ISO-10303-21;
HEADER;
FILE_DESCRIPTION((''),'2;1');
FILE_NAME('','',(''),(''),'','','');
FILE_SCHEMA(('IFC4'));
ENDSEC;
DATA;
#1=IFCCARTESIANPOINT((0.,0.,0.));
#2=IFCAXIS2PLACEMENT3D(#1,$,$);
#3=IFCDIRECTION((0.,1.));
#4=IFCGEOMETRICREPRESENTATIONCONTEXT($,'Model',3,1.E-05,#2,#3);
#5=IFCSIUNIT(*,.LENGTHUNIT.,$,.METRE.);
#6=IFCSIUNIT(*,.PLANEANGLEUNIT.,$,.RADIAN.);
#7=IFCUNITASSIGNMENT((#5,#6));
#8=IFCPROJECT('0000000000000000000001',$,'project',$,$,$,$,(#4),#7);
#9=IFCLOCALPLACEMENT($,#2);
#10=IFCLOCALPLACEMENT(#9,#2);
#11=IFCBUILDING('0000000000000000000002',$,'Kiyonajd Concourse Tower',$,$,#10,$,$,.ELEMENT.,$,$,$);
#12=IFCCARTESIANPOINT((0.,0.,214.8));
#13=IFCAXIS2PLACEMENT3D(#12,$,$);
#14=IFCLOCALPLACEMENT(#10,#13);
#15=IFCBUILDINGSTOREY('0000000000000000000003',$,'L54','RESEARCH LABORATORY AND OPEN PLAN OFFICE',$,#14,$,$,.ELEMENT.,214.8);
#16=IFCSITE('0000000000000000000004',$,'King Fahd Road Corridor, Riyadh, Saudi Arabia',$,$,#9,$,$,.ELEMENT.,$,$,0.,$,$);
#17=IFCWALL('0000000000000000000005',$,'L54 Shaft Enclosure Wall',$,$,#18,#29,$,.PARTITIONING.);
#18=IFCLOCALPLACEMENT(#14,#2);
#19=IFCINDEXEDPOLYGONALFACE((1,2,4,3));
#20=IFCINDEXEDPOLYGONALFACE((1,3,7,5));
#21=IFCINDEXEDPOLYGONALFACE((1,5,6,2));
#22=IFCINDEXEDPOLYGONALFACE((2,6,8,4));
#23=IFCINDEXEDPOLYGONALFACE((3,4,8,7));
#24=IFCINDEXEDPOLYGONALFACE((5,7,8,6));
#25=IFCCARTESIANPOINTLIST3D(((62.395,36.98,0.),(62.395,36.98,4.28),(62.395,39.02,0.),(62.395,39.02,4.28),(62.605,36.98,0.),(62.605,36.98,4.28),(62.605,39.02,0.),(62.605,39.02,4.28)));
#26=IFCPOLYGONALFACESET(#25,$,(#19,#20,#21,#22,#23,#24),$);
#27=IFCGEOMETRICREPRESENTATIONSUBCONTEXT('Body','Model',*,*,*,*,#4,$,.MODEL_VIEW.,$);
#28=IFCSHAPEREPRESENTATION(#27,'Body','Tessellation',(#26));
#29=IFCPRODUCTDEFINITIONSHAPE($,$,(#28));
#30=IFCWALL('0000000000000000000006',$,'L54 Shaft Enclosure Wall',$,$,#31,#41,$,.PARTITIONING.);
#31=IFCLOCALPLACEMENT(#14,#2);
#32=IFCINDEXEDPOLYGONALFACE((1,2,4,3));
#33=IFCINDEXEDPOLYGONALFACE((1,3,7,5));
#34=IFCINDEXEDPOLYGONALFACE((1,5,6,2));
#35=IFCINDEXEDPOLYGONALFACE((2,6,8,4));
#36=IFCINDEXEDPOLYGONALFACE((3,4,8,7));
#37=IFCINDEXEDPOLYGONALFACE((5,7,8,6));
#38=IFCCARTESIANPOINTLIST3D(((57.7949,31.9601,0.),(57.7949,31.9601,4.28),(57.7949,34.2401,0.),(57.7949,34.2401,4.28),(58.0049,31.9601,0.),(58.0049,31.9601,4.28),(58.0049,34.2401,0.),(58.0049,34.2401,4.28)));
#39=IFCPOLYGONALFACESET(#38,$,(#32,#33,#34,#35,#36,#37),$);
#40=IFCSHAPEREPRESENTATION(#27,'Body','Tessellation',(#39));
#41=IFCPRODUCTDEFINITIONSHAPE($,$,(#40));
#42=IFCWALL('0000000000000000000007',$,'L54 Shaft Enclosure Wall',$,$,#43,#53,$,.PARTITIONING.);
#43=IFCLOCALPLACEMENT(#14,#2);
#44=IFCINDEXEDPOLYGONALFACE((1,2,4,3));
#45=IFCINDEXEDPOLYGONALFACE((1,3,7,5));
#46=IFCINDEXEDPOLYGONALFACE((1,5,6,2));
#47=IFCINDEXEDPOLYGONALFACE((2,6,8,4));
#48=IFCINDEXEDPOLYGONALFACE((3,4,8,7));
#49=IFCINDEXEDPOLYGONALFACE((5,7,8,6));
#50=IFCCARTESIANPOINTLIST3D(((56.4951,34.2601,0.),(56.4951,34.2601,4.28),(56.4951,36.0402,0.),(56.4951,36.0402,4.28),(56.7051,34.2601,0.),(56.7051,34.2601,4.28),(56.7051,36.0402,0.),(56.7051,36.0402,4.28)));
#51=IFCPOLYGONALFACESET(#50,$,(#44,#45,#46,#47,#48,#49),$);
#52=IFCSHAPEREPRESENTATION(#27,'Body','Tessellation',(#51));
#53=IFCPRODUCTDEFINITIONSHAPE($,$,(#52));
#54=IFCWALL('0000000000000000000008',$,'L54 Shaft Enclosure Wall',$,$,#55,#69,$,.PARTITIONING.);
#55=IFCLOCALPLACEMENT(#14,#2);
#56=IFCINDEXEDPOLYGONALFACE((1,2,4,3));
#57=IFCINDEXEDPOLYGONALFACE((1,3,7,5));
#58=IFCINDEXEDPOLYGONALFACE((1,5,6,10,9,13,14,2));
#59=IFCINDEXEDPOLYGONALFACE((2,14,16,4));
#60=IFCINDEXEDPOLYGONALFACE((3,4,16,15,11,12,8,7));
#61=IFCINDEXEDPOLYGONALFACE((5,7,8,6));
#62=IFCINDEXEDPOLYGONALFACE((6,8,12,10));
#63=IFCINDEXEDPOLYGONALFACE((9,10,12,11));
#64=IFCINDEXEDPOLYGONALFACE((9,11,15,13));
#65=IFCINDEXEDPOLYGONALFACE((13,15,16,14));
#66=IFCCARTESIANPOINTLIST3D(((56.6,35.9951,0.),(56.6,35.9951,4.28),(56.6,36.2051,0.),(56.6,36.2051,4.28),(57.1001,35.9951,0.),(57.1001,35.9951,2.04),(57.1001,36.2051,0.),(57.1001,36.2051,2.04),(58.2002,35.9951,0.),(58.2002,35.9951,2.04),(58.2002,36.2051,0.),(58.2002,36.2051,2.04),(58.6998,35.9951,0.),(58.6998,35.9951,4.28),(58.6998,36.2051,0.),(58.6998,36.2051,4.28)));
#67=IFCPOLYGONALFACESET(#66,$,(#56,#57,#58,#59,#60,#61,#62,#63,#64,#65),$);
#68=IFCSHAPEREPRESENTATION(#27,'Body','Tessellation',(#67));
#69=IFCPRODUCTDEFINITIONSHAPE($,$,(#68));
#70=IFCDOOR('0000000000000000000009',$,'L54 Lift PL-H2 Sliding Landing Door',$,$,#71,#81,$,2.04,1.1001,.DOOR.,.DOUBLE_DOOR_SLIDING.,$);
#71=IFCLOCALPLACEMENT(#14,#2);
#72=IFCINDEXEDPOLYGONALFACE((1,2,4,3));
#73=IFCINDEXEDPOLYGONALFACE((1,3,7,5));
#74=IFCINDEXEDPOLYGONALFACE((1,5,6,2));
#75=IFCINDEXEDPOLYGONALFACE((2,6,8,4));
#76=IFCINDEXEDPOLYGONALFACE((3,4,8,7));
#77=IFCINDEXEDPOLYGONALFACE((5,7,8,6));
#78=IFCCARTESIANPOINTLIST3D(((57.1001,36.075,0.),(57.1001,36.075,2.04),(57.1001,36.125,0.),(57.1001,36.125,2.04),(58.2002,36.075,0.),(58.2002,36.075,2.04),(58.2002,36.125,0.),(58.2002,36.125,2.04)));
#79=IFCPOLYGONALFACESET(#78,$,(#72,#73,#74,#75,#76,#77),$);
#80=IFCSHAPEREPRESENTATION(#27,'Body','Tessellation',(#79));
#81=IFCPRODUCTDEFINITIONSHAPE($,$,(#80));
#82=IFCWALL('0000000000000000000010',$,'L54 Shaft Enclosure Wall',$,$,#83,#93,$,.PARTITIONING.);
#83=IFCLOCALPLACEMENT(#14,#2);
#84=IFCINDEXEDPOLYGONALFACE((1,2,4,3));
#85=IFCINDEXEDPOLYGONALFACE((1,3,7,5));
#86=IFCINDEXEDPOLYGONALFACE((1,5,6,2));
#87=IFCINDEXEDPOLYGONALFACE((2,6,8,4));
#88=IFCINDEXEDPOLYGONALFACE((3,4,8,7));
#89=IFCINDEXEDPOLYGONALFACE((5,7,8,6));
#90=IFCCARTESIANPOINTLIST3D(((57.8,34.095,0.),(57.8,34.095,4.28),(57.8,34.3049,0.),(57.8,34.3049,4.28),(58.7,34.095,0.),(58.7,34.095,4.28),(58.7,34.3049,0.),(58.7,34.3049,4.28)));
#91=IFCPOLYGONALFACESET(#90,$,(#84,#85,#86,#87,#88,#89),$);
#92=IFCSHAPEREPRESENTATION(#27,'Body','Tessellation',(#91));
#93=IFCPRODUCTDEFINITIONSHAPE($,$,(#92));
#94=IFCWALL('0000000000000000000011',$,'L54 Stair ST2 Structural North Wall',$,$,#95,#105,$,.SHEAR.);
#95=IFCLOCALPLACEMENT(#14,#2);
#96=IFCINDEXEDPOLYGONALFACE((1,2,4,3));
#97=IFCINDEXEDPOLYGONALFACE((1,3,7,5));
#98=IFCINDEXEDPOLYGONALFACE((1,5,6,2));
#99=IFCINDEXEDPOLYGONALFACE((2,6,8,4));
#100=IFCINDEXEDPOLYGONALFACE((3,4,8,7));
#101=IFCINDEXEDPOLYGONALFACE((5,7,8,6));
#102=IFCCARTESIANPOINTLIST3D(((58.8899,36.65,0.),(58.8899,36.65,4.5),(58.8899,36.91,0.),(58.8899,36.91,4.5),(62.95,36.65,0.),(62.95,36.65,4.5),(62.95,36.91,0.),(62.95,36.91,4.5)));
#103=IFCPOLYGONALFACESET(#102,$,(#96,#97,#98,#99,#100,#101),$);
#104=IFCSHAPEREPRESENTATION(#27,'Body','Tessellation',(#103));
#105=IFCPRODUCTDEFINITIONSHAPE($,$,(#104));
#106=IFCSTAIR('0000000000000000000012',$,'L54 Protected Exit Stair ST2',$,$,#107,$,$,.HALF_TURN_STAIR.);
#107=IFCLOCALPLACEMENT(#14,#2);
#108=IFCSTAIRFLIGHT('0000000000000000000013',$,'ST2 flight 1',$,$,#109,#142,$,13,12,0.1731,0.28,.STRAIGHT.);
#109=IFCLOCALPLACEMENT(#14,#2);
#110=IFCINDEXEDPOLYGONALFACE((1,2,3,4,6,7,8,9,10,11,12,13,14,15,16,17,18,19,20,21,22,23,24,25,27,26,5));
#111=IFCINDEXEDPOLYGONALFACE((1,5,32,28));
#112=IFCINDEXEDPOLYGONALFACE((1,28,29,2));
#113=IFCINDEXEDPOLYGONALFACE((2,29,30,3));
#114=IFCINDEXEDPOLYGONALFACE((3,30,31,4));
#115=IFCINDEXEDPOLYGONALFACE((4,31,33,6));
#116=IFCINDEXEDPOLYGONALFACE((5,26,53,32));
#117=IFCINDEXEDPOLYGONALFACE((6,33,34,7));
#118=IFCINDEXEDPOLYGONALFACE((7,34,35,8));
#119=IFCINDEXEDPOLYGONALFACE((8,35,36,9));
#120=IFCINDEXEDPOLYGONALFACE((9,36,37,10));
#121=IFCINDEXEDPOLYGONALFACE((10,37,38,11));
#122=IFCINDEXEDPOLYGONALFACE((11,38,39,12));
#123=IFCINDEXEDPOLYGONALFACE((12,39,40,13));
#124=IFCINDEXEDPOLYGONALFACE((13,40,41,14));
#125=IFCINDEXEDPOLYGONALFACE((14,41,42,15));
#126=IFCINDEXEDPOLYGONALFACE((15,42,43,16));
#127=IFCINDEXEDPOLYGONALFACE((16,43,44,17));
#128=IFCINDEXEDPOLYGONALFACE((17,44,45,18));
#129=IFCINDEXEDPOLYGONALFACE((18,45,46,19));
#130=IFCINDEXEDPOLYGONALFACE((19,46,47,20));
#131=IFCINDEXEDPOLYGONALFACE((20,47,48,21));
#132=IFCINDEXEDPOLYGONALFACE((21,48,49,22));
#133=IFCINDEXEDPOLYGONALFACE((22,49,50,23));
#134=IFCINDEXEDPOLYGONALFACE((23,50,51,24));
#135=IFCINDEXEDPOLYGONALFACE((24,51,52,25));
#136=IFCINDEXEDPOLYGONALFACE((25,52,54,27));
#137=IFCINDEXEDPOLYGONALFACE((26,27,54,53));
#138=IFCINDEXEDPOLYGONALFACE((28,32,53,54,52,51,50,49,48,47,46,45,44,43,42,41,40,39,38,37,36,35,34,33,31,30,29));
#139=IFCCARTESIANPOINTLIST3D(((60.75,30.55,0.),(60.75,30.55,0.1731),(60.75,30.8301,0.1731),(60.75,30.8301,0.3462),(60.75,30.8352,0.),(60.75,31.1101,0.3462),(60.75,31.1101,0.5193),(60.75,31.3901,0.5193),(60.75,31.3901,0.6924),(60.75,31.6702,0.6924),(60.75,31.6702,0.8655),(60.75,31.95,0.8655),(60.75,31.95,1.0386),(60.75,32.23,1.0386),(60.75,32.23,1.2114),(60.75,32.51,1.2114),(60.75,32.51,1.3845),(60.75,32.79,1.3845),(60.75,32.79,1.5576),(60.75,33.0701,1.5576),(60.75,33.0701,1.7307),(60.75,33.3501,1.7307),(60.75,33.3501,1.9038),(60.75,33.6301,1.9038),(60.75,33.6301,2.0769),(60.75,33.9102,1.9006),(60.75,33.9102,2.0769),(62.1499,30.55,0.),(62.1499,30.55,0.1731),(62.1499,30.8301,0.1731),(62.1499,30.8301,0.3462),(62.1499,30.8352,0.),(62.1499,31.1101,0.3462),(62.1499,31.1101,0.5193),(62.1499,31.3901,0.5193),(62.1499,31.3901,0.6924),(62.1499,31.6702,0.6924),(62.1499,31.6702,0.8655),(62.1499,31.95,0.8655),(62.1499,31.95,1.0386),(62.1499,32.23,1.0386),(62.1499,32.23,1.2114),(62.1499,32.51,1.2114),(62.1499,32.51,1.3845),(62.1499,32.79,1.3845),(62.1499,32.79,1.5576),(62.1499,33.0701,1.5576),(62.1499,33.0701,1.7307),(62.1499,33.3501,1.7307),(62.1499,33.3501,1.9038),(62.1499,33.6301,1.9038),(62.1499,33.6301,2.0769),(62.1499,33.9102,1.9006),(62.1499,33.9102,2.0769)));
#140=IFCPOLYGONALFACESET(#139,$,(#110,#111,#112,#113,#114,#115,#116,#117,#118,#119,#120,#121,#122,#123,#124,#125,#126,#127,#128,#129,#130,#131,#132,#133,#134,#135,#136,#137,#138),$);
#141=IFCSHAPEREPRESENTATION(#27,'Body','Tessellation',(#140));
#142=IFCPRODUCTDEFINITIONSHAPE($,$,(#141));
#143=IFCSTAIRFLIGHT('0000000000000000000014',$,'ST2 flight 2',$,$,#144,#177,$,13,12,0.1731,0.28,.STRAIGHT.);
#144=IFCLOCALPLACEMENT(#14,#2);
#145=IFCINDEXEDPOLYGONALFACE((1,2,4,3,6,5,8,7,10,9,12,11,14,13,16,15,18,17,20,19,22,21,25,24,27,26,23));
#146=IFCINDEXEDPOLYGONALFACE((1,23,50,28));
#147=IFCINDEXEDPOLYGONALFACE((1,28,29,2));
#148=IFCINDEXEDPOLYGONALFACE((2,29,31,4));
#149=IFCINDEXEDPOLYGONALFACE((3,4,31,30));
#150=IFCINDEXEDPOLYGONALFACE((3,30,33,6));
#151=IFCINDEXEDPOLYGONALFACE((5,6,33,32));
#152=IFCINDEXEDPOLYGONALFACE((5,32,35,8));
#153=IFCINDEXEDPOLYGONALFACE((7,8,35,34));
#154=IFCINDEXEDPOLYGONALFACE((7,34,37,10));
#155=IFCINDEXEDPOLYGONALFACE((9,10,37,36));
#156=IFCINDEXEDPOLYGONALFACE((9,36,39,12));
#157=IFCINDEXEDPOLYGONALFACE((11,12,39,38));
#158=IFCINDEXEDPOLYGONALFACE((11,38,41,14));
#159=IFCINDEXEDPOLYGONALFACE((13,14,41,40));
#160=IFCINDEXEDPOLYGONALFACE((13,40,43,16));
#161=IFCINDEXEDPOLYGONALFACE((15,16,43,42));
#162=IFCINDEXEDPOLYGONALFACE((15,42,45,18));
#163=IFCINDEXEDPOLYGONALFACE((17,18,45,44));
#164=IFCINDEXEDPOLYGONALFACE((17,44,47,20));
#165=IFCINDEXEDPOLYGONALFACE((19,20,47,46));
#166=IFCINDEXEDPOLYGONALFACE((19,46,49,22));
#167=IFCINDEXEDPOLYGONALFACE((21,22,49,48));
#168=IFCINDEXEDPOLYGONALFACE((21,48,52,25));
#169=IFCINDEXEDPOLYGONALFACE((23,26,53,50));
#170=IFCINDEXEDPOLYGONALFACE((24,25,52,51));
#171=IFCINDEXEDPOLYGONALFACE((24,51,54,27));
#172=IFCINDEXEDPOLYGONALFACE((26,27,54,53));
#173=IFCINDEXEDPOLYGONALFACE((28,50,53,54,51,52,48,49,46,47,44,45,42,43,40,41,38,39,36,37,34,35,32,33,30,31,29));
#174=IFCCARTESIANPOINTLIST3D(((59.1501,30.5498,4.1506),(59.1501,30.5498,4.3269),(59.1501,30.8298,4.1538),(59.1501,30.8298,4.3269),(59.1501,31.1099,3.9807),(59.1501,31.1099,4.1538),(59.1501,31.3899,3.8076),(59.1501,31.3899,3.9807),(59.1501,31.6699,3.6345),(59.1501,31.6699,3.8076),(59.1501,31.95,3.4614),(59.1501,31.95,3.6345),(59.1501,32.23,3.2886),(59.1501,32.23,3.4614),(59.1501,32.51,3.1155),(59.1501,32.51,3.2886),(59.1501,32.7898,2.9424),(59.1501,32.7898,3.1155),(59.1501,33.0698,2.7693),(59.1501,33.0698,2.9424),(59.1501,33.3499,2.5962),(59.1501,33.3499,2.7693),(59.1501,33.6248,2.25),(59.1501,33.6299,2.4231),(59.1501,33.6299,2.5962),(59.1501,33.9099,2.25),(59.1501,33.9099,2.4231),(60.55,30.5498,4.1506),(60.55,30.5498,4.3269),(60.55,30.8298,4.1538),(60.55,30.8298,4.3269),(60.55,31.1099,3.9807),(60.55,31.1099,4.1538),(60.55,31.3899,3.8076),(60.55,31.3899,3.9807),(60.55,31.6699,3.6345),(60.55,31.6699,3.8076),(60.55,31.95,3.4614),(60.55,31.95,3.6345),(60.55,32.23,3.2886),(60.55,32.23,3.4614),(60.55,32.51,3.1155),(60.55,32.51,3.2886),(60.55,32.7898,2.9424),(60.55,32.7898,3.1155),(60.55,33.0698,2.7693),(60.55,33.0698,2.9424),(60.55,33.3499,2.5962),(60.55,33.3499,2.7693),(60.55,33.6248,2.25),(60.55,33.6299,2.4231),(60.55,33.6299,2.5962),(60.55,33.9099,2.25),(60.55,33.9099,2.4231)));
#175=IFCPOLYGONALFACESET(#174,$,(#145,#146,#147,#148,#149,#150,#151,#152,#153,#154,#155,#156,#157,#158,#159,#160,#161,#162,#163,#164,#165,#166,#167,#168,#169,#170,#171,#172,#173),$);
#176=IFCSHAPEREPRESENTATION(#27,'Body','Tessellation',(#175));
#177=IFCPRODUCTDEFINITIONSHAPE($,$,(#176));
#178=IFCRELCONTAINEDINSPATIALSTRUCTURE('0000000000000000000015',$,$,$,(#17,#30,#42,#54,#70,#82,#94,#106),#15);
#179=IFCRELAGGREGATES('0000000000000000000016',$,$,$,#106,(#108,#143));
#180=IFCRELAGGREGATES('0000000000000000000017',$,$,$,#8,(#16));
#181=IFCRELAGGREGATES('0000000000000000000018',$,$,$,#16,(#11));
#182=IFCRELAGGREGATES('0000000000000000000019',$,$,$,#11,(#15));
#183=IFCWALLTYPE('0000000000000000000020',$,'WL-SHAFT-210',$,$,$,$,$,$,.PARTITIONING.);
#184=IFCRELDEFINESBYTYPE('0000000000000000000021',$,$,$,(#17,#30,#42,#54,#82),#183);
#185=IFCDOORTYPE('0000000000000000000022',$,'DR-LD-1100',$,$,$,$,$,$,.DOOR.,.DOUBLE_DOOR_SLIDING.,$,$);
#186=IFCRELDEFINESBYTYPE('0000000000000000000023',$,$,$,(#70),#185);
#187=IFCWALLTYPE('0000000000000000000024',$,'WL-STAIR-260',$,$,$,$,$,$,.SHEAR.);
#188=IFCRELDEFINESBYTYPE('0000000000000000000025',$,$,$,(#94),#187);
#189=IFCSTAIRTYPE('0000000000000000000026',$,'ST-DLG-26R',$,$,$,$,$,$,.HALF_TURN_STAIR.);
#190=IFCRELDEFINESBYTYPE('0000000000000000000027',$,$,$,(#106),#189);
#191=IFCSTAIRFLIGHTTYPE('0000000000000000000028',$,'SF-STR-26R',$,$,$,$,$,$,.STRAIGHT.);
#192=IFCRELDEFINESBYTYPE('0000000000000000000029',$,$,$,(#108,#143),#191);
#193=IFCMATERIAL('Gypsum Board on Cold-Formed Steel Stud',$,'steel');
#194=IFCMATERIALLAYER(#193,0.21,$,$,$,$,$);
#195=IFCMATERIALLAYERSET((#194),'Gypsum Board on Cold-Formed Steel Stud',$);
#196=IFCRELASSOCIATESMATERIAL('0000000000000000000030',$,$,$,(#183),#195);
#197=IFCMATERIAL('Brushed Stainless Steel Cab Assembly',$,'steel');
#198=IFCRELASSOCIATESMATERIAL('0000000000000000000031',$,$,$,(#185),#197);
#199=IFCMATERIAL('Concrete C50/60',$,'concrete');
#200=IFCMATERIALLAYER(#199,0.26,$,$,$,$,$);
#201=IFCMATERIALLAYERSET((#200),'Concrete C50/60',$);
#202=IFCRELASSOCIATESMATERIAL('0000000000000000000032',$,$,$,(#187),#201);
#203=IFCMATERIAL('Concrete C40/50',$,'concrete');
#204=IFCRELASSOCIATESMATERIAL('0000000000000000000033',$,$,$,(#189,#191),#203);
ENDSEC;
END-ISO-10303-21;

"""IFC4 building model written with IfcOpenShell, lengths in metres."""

from ifc_helpers import new_model, si_unit, direction, frame, frame_2d, origin, place, context, subcontext, project, spatial, polyline, rectangle, outline, extrude, material, layer, layer_set, type_object, element, fill, aggregate, save


model = new_model("IFC4")

# Units and contexts
model_context = context("Model", 3, precision=1e-05, world=origin(), true_north=direction((0.0, 1.0)))
body_context = subcontext(model_context, "Body", "Model", "MODEL_VIEW")
ifc_project = project(units=[si_unit("LENGTHUNIT", "METRE"), si_unit("PLANEANGLEUNIT", "RADIAN")], contexts=[model_context])

# Site, building, storey
site_placement = place(None, origin())
site = spatial("IfcSite", under=ifc_project, at=site_placement, Name="King Fahd Road Corridor, Riyadh, Saudi Arabia", CompositionType="ELEMENT", RefElevation=0.0)
building_placement = place(site_placement, origin())
building = spatial("IfcBuilding", under=site, at=building_placement, Name="Kiyonajd Concourse Tower", CompositionType="ELEMENT")
storey_placement = place(building_placement, frame((0.0, 0.0, 214.8)))
storey = spatial("IfcBuildingStorey", under=building, at=storey_placement, Name="L54", Description="RESEARCH LABORATORY AND OPEN PLAN OFFICE", CompositionType="ELEMENT", Elevation=214.8)

# Shared definitions
ifc_material_1 = material(Name="Concrete C50/60", Category="concrete")

# Walls
ifc_material_2 = material(Name="Gypsum Board on Cold-Formed Steel Stud", Category="steel")
ifc_layer_1 = layer(ifc_material_2, 0.21)
ifc_layer_set_1 = layer_set([ifc_layer_1], Name="Gypsum Board on Cold-Formed Steel Stud")
wall_type_1 = type_object("IfcWallType", Name="WL-SHAFT-210", PredefinedType="PARTITIONING", material=ifc_layer_set_1)
wall_1_placement = place(storey_placement, frame((62.5, 36.98, 0.0), z_axis=(0.0, 0.0, 1.0), x_axis=(0.0, 1.0, 0.0)))
element("IfcWall", 1, at=wall_1_placement, inside=storey, type_object=wall_type_1, Name="L54 Shaft Enclosure Wall", PredefinedType="PARTITIONING", context=body_context, shape_type="SweptSolid", body=[
    extrude(rectangle(XDim=2.04, YDim=0.21, at=frame_2d((1.02, 0.0))), origin(), (0.0, 0.0, 1.0), 4.28),
])
wall_2_placement = place(storey_placement, frame((57.8999, 31.96, 0.0), z_axis=(0.0, 0.0, 1.0), x_axis=(0.0, 1.0, 0.0)))
element("IfcWall", 2, at=wall_2_placement, inside=storey, type_object=wall_type_1, Name="L54 Shaft Enclosure Wall", PredefinedType="PARTITIONING", context=body_context, shape_type="SweptSolid", body=[
    extrude(rectangle(XDim=2.28, YDim=0.21, at=frame_2d((1.1401, 0.0))), origin(), (0.0, 0.0, 1.0), 4.28),
])
wall_3_placement = place(storey_placement, frame((56.6001, 34.26, 0.0), z_axis=(0.0, 0.0, 1.0), x_axis=(0.0, 1.0, 0.0)))
element("IfcWall", 3, at=wall_3_placement, inside=storey, type_object=wall_type_1, Name="L54 Shaft Enclosure Wall", PredefinedType="PARTITIONING", context=body_context, shape_type="SweptSolid", body=[
    extrude(rectangle(XDim=1.78, YDim=0.21, at=frame_2d((0.8901, 0.0))), origin(), (0.0, 0.0, 1.0), 4.28),
])

# Wall, opening, door
wall_4_placement = place(storey_placement, frame((56.6001, 36.1001, 0.0), z_axis=(0.0, 0.0, 1.0), x_axis=(1.0, 0.0, 0.0)))
wall_4 = element("IfcWall", 4, at=wall_4_placement, inside=storey, type_object=wall_type_1, Name="L54 Shaft Enclosure Wall", PredefinedType="PARTITIONING", context=body_context, shape_type="SweptSolid", body=[
    extrude(rectangle(XDim=2.0999, YDim=0.21, at=frame_2d((1.0498, 0.0))), origin(), (0.0, 0.0, 1.0), 4.28),
])
opening_1_placement = place(wall_4_placement, frame((0.5, 0.0, 0.0)))
opening_1 = element("IfcOpeningElement", 5, at=opening_1_placement, cuts=wall_4, PredefinedType="OPENING", context=body_context, shape_type="SweptSolid", body=[
    extrude(rectangle(XDim=1.1001, YDim=2.04, at=frame_2d((0.55, 1.02))), frame((0.0, 0.115, 0.0), z_axis=(0.0, -1.0, 0.0), x_axis=(1.0, 0.0, 0.0)), (0.0, 0.0, 1.0), 0.23),
])
ifc_material_3 = material(Name="Brushed Stainless Steel Cab Assembly", Category="steel")
door_type = type_object("IfcDoorType", Name="DR-LD-1100", OperationType="DOUBLE_DOOR_SLIDING", PredefinedType="DOOR", material=ifc_material_3)
door_placement = place(opening_1_placement, origin())
door = element("IfcDoor", 6, at=door_placement, inside=storey, type_object=door_type, Name="L54 Lift PL-H2 Sliding Landing Door", OperationType="DOUBLE_DOOR_SLIDING", OverallHeight=2.04, OverallWidth=1.1001, PredefinedType="DOOR", context=body_context, shape_type="SweptSolid", body=[
    extrude(rectangle(XDim=1.1001, YDim=2.04, at=frame_2d((0.55, 1.02))), frame((0.0, 0.0249, 0.0), z_axis=(0.0, -1.0, 0.0), x_axis=(1.0, 0.0, 0.0)), (0.0, 0.0, 1.0), 0.05),
])
fill(opening_1, door)

# Walls
wall_5_placement = place(storey_placement, frame((57.8, 34.2, 0.0), z_axis=(0.0, 0.0, 1.0), x_axis=(1.0, 0.0, 0.0)))
element("IfcWall", 7, at=wall_5_placement, inside=storey, type_object=wall_type_1, Name="L54 Shaft Enclosure Wall", PredefinedType="PARTITIONING", context=body_context, shape_type="SweptSolid", body=[
    extrude(rectangle(XDim=0.8999, YDim=0.21, at=frame_2d((0.45, 0.0))), origin(), (0.0, 0.0, 1.0), 4.28),
])
ifc_layer_2 = layer(ifc_material_1, 0.26)
ifc_layer_set_2 = layer_set([ifc_layer_2], Name="Concrete C50/60")
wall_type_2 = type_object("IfcWallType", Name="WL-STAIR-260", PredefinedType="SHEAR", material=ifc_layer_set_2)
wall_6_placement = place(storey_placement, frame((58.8899, 36.78, 0.0), z_axis=(0.0, 0.0, 1.0), x_axis=(1.0, 0.0, 0.0)))
element("IfcWall", 8, at=wall_6_placement, inside=storey, type_object=wall_type_2, Name="L54 Stair ST2 Structural North Wall", PredefinedType="SHEAR", context=body_context, shape_type="SweptSolid", body=[
    extrude(rectangle(XDim=4.0601, YDim=0.26, at=frame_2d((2.03, 0.0))), origin(), (0.0, 0.0, 1.0), 4.5),
])

# Stair, stair flights
ifc_material_4 = material(Name="Concrete C40/50", Category="concrete")
stair_type = type_object("IfcStairType", Name="ST-DLG-26R", PredefinedType="HALF_TURN_STAIR", material=ifc_material_4)
stair_placement = place(storey_placement, origin())
stair = element("IfcStair", 9, at=stair_placement, inside=storey, type_object=stair_type, Name="L54 Protected Exit Stair ST2", PredefinedType="HALF_TURN_STAIR")
stair_flight_type = type_object("IfcStairFlightType", Name="SF-STR-26R", PredefinedType="STRAIGHT", material=ifc_material_4)
stair_flight_1_placement = place(storey_placement, frame((61.45, 30.55, 0.0), z_axis=(0.0, 0.0, 1.0), x_axis=(0.0, 1.0, 0.0)))
stair_flight_1 = element("IfcStairFlight", 10, at=stair_flight_1_placement, type_object=stair_flight_type, Name="ST2 flight 1", NumberOfRisers=13, NumberOfTreads=12, PredefinedType="STRAIGHT", RiserHeight=0.1731, TreadLength=0.28, context=body_context, shape_type="SweptSolid", body=[
    extrude(outline(polyline([(0.0, 0.0), (0.0, 0.1731), (0.28, 0.1731), (0.28, 0.3462), (0.5601, 0.3462), (0.5601, 0.5193), (0.8401, 0.5193), (0.8401, 0.6924), (1.1201, 0.6924), (1.1201, 0.8655), (1.3999, 0.8655), (1.3999, 1.0386), (1.6799, 1.0386), (1.6799, 1.2114), (1.96, 1.2114), (1.96, 1.3845), (2.24, 1.3845), (2.24, 1.5576), (2.52, 1.5576), (2.52, 1.7307), (2.8, 1.7307), (2.8, 1.9038), (3.0801, 1.9038), (3.0801, 2.0769), (3.3601, 2.0769), (3.3601, 2.25), (3.3601, 1.9006), (0.2852, 0.0), (0.0, 0.0)])), frame((0.0, 0.7, 0.0), z_axis=(0.0, -1.0, 0.0), x_axis=(1.0, 0.0, 0.0)), (0.0, 0.0, 1.0), 1.3999),
])
stair_flight_2_placement = place(storey_placement, frame((59.8501, 33.9099, 2.25), z_axis=(0.0, 0.0, 1.0), x_axis=(0.0, -1.0, 0.0)))
stair_flight_2 = element("IfcStairFlight", 11, at=stair_flight_2_placement, type_object=stair_flight_type, Name="ST2 flight 2", NumberOfRisers=13, NumberOfTreads=12, PredefinedType="STRAIGHT", RiserHeight=0.1731, TreadLength=0.28, context=body_context, shape_type="SweptSolid", body=[
    extrude(outline(polyline([(0.0, 0.0), (0.0, 0.1731), (0.28, 0.1731), (0.28, 0.3462), (0.5601, 0.3462), (0.5601, 0.5193), (0.8401, 0.5193), (0.8401, 0.6924), (1.1201, 0.6924), (1.1201, 0.8655), (1.3999, 0.8655), (1.3999, 1.0386), (1.6799, 1.0386), (1.6799, 1.2114), (1.96, 1.2114), (1.96, 1.3845), (2.24, 1.3845), (2.24, 1.5576), (2.52, 1.5576), (2.52, 1.7307), (2.8, 1.7307), (2.8, 1.9038), (3.0801, 1.9038), (3.0801, 2.0769), (3.3601, 2.0769), (3.3601, 2.25), (3.3601, 1.9006), (0.2852, 0.0), (0.0, 0.0)])), frame((0.0, 0.7, 0.0), z_axis=(0.0, -1.0, 0.0), x_axis=(1.0, 0.0, 0.0)), (0.0, 0.0, 1.0), 1.3999),
])
aggregate(stair, [stair_flight_1, stair_flight_2])

save(model, "model.ifc")
